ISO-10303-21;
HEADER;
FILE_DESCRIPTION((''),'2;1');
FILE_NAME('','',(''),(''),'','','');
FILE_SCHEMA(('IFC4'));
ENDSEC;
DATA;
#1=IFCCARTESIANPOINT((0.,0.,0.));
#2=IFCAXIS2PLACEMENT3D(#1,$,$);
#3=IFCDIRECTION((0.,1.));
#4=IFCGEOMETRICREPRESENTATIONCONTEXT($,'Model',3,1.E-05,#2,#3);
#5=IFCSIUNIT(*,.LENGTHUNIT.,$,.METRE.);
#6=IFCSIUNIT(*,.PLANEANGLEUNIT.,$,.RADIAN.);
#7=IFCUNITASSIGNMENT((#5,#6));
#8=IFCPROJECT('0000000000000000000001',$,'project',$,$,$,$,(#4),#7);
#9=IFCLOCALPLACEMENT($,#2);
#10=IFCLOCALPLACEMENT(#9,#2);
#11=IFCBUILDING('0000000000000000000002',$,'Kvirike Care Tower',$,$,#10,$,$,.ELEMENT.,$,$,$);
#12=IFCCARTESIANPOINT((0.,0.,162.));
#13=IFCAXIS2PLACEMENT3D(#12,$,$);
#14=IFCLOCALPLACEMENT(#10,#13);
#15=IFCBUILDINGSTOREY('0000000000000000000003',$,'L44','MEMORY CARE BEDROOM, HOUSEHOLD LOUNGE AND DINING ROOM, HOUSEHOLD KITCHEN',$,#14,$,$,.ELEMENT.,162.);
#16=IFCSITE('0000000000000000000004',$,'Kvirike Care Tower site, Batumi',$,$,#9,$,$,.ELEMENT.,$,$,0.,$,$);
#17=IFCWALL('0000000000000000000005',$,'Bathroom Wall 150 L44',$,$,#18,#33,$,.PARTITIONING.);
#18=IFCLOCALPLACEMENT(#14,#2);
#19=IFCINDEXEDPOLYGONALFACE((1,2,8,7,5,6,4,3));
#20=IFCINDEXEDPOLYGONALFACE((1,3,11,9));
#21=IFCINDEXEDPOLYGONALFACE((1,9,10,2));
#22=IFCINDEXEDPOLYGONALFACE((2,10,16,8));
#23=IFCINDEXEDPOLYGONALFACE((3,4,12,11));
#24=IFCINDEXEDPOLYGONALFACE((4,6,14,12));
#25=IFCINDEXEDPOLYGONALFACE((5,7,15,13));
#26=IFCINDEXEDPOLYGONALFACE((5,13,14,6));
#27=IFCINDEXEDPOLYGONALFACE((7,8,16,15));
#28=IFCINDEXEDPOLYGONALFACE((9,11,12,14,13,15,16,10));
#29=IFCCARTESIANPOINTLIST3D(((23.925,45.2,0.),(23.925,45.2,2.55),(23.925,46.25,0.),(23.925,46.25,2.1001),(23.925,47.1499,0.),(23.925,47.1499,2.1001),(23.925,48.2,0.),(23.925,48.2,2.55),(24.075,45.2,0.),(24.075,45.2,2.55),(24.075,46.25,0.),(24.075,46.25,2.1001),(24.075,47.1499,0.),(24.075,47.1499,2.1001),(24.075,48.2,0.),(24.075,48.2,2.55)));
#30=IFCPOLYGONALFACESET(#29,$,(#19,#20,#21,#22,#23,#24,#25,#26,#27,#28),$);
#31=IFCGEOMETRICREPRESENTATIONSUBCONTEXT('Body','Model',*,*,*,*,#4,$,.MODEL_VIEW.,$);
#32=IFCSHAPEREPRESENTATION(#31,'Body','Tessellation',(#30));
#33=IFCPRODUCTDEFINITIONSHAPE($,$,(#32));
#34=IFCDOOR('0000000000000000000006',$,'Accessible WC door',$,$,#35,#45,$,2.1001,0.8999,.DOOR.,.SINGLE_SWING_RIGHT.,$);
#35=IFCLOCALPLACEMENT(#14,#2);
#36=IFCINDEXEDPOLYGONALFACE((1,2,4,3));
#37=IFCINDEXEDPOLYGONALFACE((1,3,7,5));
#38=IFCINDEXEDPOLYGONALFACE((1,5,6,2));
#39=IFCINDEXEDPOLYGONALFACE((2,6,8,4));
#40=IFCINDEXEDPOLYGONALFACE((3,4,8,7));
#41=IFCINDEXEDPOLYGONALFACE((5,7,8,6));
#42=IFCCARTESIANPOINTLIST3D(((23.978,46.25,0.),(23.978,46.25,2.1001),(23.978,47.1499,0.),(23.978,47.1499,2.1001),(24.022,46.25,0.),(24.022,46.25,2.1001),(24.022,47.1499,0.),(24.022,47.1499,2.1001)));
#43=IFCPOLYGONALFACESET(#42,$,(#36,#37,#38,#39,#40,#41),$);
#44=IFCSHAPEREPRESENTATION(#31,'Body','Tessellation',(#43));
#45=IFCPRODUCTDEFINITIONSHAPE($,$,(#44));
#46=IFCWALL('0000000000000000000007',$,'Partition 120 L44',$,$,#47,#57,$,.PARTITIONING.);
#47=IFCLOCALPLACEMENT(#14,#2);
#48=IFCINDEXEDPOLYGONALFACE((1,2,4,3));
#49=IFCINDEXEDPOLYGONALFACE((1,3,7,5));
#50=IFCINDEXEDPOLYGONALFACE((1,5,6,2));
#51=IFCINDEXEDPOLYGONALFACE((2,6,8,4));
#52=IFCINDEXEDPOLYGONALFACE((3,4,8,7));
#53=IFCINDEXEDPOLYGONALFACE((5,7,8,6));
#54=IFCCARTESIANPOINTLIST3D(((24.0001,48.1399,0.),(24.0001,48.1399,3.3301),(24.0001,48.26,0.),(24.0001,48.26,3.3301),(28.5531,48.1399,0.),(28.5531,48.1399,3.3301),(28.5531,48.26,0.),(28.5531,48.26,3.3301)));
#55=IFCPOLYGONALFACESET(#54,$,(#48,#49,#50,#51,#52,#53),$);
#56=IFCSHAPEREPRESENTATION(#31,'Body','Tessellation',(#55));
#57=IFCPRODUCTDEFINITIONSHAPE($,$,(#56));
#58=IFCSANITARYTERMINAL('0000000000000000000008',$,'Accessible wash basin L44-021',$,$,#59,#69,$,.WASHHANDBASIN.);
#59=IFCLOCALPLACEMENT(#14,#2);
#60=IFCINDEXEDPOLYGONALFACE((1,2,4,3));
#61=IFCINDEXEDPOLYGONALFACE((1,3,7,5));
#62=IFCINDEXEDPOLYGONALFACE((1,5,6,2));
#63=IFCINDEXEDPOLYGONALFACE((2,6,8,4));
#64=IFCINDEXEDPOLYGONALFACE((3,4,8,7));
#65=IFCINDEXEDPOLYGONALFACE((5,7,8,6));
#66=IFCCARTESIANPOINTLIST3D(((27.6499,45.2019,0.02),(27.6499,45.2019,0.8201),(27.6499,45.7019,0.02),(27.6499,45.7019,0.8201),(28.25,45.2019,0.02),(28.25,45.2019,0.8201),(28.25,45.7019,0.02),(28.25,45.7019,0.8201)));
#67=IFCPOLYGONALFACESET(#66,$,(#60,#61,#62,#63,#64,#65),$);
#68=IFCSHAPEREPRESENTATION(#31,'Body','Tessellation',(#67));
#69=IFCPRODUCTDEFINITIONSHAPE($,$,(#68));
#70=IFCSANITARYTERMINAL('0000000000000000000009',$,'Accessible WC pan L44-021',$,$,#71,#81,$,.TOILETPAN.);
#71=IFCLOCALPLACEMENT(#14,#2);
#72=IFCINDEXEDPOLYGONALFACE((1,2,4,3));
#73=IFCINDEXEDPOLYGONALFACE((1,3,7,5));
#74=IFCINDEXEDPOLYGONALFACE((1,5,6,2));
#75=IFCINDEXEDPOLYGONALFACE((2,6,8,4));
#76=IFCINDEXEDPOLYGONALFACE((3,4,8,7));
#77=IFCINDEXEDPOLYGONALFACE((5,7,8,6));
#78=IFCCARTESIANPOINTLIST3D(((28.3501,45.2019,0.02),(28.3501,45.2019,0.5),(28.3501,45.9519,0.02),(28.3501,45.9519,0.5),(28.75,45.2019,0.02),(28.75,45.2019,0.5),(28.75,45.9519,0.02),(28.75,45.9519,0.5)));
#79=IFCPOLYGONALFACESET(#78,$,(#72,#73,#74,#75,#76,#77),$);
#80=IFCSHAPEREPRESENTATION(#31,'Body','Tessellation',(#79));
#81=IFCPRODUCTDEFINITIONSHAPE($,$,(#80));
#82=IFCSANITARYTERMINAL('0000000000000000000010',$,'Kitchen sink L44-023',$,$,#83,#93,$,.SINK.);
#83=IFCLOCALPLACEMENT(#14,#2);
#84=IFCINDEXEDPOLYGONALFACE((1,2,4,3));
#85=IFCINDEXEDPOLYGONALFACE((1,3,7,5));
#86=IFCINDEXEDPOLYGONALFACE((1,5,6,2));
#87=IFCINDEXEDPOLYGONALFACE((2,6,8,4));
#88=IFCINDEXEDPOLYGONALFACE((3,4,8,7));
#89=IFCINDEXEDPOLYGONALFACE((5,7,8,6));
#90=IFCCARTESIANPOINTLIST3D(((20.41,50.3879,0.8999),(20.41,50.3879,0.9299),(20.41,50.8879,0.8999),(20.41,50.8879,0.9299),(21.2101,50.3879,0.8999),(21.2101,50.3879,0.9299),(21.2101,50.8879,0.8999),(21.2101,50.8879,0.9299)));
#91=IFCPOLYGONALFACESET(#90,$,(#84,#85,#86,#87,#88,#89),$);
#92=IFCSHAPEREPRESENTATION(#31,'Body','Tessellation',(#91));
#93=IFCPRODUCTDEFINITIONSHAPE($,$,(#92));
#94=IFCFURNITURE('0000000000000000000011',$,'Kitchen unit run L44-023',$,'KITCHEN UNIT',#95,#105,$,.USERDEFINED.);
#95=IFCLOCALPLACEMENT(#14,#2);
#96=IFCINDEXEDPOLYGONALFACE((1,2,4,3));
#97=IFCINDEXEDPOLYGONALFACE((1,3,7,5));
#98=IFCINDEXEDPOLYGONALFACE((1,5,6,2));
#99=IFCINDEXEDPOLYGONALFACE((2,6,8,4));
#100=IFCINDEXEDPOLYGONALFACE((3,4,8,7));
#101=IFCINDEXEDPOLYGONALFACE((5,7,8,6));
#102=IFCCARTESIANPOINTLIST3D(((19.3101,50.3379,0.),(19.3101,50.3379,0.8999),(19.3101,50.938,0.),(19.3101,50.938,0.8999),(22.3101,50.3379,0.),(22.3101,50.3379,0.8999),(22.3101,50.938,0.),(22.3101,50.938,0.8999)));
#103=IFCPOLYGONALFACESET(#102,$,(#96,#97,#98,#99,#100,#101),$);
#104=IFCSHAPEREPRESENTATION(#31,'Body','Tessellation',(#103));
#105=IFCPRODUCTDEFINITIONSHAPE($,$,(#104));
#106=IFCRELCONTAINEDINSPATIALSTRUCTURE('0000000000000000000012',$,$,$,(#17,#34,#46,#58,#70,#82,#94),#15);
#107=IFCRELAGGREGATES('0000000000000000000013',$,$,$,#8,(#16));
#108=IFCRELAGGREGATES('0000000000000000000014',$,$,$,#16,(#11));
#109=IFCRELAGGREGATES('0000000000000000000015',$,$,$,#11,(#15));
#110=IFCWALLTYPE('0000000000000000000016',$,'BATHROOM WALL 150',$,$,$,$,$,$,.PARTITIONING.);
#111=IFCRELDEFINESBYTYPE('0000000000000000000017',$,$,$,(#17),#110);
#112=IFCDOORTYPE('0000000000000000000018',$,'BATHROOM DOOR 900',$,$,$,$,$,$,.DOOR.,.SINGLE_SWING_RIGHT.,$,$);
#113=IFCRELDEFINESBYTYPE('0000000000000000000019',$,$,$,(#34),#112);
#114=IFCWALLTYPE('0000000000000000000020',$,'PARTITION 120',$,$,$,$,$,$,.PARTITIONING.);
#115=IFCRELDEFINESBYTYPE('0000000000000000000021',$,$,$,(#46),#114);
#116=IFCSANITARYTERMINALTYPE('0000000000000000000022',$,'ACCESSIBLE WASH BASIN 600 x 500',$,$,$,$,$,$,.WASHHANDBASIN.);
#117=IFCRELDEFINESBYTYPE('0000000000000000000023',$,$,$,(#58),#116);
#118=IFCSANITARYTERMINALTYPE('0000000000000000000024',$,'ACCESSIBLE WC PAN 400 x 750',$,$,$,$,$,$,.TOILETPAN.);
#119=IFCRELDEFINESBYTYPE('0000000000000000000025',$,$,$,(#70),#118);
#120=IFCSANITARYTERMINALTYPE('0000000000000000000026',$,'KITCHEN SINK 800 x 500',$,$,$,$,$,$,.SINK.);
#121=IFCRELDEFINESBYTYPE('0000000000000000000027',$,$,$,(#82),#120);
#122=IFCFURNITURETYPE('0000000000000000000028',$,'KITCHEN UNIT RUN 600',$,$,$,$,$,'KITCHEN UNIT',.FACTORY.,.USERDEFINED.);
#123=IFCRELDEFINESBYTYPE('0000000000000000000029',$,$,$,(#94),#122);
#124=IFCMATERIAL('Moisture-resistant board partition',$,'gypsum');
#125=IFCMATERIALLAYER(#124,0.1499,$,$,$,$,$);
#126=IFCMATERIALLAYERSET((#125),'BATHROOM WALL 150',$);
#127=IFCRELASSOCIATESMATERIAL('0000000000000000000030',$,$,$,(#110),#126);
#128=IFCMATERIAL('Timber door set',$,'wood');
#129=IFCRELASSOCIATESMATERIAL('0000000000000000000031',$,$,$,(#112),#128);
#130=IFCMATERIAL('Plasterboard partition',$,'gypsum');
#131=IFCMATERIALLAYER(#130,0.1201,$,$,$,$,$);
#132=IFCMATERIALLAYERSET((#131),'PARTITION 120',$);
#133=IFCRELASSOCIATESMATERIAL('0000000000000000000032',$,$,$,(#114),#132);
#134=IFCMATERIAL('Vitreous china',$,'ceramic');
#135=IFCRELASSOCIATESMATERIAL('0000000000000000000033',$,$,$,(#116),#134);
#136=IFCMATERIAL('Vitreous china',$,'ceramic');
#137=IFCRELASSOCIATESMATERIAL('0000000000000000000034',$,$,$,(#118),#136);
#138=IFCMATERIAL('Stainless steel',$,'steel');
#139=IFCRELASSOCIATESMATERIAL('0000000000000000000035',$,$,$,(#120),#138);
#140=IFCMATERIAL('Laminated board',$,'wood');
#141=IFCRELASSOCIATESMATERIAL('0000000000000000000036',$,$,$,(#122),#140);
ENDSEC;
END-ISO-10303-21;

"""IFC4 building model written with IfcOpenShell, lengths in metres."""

from ifc_helpers import new_model, si_unit, direction, frame, frame_2d, origin, origin_2d, place, context, subcontext, project, spatial, rectangle, extrude, material, layer, layer_set, type_object, element, fill, save


model = new_model("IFC4")

# Units and contexts
model_context = context("Model", 3, precision=1e-05, world=origin(), true_north=direction((0.0, 1.0)))
body_context = subcontext(model_context, "Body", "Model", "MODEL_VIEW")
ifc_project = project(units=[si_unit("LENGTHUNIT", "METRE"), si_unit("PLANEANGLEUNIT", "RADIAN")], contexts=[model_context])

# Site, building, storey
site_placement = place(None, origin())
site = spatial("IfcSite", under=ifc_project, at=site_placement, Name="Kvirike Care Tower site, Batumi", CompositionType="ELEMENT", RefElevation=0.0)
building_placement = place(site_placement, origin())
building = spatial("IfcBuilding", under=site, at=building_placement, Name="Kvirike Care Tower", CompositionType="ELEMENT")
storey_placement = place(building_placement, frame((0.0, 0.0, 162.0)))
storey = spatial("IfcBuildingStorey", under=building, at=storey_placement, Name="L44", Description="MEMORY CARE BEDROOM, HOUSEHOLD LOUNGE AND DINING ROOM, HOUSEHOLD KITCHEN", CompositionType="ELEMENT", Elevation=162.0)

# Wall, opening, door
ifc_material_1 = material(Name="Moisture-resistant board partition", Category="gypsum")
ifc_layer_1 = layer(ifc_material_1, 0.1499)
ifc_layer_set_1 = layer_set([ifc_layer_1], Name="BATHROOM WALL 150")
wall_type_1 = type_object("IfcWallType", Name="BATHROOM WALL 150", PredefinedType="PARTITIONING", material=ifc_layer_set_1)
wall_1_placement = place(storey_placement, frame((24.0, 48.2, 0.0), z_axis=(0.0, 0.0, 1.0), x_axis=(0.0, -1.0, 0.0)))
wall_1 = element("IfcWall", 1, at=wall_1_placement, inside=storey, type_object=wall_type_1, Name="Bathroom Wall 150 L44", PredefinedType="PARTITIONING", context=body_context, shape_type="SweptSolid", body=[
    extrude(rectangle(XDim=3.0, YDim=0.1499, at=frame_2d((1.5, 0.0))), origin(), (0.0, 0.0, 1.0), 2.55),
])
opening_placement = place(wall_1_placement, frame((1.05, 0.0, 0.0)))
opening = element("IfcOpeningElement", 2, at=opening_placement, cuts=wall_1, PredefinedType="OPENING", context=body_context, shape_type="SweptSolid", body=[
    extrude(rectangle(XDim=0.8999, YDim=2.1001, at=frame_2d((0.45, 1.05))), frame((0.0, 0.0854, 0.0), z_axis=(0.0, -1.0, 0.0), x_axis=(1.0, 0.0, 0.0)), (0.0, 0.0, 1.0), 0.1709),
])
ifc_material_2 = material(Name="Timber door set", Category="wood")
door_type = type_object("IfcDoorType", Name="BATHROOM DOOR 900", OperationType="SINGLE_SWING_RIGHT", PredefinedType="DOOR", material=ifc_material_2)
door_placement = place(opening_placement, origin())
door = element("IfcDoor", 3, at=door_placement, inside=storey, type_object=door_type, Name="Accessible WC door", OperationType="SINGLE_SWING_RIGHT", OverallHeight=2.1001, OverallWidth=0.8999, PredefinedType="DOOR", context=body_context, shape_type="SweptSolid", body=[
    extrude(rectangle(XDim=0.8999, YDim=2.1001, at=frame_2d((0.45, 1.05))), frame((0.0, 0.022, 0.0), z_axis=(0.0, -1.0, 0.0), x_axis=(1.0, 0.0, 0.0)), (0.0, 0.0, 1.0), 0.0439),
])
fill(opening, door)

# Wall
ifc_material_3 = material(Name="Plasterboard partition", Category="gypsum")
ifc_layer_2 = layer(ifc_material_3, 0.1201)
ifc_layer_set_2 = layer_set([ifc_layer_2], Name="PARTITION 120")
wall_type_2 = type_object("IfcWallType", Name="PARTITION 120", PredefinedType="PARTITIONING", material=ifc_layer_set_2)
wall_2_placement = place(storey_placement, frame((28.553, 48.2, 0.0), z_axis=(0.0, 0.0, 1.0), x_axis=(-1.0, 0.0, 0.0)))
element("IfcWall", 4, at=wall_2_placement, inside=storey, type_object=wall_type_2, Name="Partition 120 L44", PredefinedType="PARTITIONING", context=body_context, shape_type="SweptSolid", body=[
    extrude(rectangle(XDim=4.553, YDim=0.1201, at=frame_2d((2.2764, 0.0))), origin(), (0.0, 0.0, 1.0), 3.3301),
])

# Sanitary terminals
ifc_material_4 = material(Name="Vitreous china", Category="ceramic")
sanitary_terminal_type_1 = type_object("IfcSanitaryTerminalType", Name="ACCESSIBLE WASH BASIN 600 x 500", PredefinedType="WASHHANDBASIN", material=ifc_material_4)
sanitary_terminal_1_placement = place(storey_placement, frame((27.95, 45.4519, 0.02), z_axis=(0.0, 0.0, 1.0), x_axis=(-1.0, 0.0, 0.0)))
element("IfcSanitaryTerminal", 5, at=sanitary_terminal_1_placement, inside=storey, type_object=sanitary_terminal_type_1, Name="Accessible wash basin L44-021", PredefinedType="WASHHANDBASIN", context=body_context, shape_type="SweptSolid", body=[
    extrude(rectangle(XDim=0.6001, YDim=0.5, at=origin_2d()), origin(), (0.0, 0.0, 1.0), 0.8),
])
ifc_material_5 = material(Name="Vitreous china", Category="ceramic")
sanitary_terminal_type_2 = type_object("IfcSanitaryTerminalType", Name="ACCESSIBLE WC PAN 400 x 750", PredefinedType="TOILETPAN", material=ifc_material_5)
sanitary_terminal_2_placement = place(storey_placement, frame((28.55, 45.5769, 0.02), z_axis=(0.0, 0.0, 1.0), x_axis=(-1.0, 0.0, 0.0)))
element("IfcSanitaryTerminal", 6, at=sanitary_terminal_2_placement, inside=storey, type_object=sanitary_terminal_type_2, Name="Accessible WC pan L44-021", PredefinedType="TOILETPAN", context=body_context, shape_type="SweptSolid", body=[
    extrude(rectangle(XDim=0.3999, YDim=0.75, at=origin_2d()), origin(), (0.0, 0.0, 1.0), 0.48),
])
ifc_material_6 = material(Name="Stainless steel", Category="steel")
sanitary_terminal_type_3 = type_object("IfcSanitaryTerminalType", Name="KITCHEN SINK 800 x 500", PredefinedType="SINK", material=ifc_material_6)
sanitary_terminal_3_placement = place(storey_placement, frame((20.8101, 50.6379, 0.8999), z_axis=(0.0, 0.0, 1.0), x_axis=(1.0, 0.0, 0.0)))
element("IfcSanitaryTerminal", 7, at=sanitary_terminal_3_placement, inside=storey, type_object=sanitary_terminal_type_3, Name="Kitchen sink L44-023", PredefinedType="SINK", context=body_context, shape_type="SweptSolid", body=[
    extrude(rectangle(XDim=0.8, YDim=0.5, at=origin_2d()), origin(), (0.0, 0.0, 1.0), 0.03),
])

# Furniture
ifc_material_7 = material(Name="Laminated board", Category="wood")
furniture_type = type_object("IfcFurnitureType", Name="KITCHEN UNIT RUN 600", ElementType="KITCHEN UNIT", AssemblyPlace="FACTORY", PredefinedType="USERDEFINED", material=ifc_material_7)
furniture_placement = place(storey_placement, frame((20.8101, 50.6379, 0.0), z_axis=(0.0, 0.0, 1.0), x_axis=(1.0, 0.0, 0.0)))
element("IfcFurniture", 8, at=furniture_placement, inside=storey, type_object=furniture_type, Name="Kitchen unit run L44-023", ObjectType="KITCHEN UNIT", PredefinedType="USERDEFINED", context=body_context, shape_type="SweptSolid", body=[
    extrude(rectangle(XDim=3.0, YDim=0.6001, at=origin_2d()), origin(), (0.0, 0.0, 1.0), 0.8999),
])

save(model, "model.ifc")
